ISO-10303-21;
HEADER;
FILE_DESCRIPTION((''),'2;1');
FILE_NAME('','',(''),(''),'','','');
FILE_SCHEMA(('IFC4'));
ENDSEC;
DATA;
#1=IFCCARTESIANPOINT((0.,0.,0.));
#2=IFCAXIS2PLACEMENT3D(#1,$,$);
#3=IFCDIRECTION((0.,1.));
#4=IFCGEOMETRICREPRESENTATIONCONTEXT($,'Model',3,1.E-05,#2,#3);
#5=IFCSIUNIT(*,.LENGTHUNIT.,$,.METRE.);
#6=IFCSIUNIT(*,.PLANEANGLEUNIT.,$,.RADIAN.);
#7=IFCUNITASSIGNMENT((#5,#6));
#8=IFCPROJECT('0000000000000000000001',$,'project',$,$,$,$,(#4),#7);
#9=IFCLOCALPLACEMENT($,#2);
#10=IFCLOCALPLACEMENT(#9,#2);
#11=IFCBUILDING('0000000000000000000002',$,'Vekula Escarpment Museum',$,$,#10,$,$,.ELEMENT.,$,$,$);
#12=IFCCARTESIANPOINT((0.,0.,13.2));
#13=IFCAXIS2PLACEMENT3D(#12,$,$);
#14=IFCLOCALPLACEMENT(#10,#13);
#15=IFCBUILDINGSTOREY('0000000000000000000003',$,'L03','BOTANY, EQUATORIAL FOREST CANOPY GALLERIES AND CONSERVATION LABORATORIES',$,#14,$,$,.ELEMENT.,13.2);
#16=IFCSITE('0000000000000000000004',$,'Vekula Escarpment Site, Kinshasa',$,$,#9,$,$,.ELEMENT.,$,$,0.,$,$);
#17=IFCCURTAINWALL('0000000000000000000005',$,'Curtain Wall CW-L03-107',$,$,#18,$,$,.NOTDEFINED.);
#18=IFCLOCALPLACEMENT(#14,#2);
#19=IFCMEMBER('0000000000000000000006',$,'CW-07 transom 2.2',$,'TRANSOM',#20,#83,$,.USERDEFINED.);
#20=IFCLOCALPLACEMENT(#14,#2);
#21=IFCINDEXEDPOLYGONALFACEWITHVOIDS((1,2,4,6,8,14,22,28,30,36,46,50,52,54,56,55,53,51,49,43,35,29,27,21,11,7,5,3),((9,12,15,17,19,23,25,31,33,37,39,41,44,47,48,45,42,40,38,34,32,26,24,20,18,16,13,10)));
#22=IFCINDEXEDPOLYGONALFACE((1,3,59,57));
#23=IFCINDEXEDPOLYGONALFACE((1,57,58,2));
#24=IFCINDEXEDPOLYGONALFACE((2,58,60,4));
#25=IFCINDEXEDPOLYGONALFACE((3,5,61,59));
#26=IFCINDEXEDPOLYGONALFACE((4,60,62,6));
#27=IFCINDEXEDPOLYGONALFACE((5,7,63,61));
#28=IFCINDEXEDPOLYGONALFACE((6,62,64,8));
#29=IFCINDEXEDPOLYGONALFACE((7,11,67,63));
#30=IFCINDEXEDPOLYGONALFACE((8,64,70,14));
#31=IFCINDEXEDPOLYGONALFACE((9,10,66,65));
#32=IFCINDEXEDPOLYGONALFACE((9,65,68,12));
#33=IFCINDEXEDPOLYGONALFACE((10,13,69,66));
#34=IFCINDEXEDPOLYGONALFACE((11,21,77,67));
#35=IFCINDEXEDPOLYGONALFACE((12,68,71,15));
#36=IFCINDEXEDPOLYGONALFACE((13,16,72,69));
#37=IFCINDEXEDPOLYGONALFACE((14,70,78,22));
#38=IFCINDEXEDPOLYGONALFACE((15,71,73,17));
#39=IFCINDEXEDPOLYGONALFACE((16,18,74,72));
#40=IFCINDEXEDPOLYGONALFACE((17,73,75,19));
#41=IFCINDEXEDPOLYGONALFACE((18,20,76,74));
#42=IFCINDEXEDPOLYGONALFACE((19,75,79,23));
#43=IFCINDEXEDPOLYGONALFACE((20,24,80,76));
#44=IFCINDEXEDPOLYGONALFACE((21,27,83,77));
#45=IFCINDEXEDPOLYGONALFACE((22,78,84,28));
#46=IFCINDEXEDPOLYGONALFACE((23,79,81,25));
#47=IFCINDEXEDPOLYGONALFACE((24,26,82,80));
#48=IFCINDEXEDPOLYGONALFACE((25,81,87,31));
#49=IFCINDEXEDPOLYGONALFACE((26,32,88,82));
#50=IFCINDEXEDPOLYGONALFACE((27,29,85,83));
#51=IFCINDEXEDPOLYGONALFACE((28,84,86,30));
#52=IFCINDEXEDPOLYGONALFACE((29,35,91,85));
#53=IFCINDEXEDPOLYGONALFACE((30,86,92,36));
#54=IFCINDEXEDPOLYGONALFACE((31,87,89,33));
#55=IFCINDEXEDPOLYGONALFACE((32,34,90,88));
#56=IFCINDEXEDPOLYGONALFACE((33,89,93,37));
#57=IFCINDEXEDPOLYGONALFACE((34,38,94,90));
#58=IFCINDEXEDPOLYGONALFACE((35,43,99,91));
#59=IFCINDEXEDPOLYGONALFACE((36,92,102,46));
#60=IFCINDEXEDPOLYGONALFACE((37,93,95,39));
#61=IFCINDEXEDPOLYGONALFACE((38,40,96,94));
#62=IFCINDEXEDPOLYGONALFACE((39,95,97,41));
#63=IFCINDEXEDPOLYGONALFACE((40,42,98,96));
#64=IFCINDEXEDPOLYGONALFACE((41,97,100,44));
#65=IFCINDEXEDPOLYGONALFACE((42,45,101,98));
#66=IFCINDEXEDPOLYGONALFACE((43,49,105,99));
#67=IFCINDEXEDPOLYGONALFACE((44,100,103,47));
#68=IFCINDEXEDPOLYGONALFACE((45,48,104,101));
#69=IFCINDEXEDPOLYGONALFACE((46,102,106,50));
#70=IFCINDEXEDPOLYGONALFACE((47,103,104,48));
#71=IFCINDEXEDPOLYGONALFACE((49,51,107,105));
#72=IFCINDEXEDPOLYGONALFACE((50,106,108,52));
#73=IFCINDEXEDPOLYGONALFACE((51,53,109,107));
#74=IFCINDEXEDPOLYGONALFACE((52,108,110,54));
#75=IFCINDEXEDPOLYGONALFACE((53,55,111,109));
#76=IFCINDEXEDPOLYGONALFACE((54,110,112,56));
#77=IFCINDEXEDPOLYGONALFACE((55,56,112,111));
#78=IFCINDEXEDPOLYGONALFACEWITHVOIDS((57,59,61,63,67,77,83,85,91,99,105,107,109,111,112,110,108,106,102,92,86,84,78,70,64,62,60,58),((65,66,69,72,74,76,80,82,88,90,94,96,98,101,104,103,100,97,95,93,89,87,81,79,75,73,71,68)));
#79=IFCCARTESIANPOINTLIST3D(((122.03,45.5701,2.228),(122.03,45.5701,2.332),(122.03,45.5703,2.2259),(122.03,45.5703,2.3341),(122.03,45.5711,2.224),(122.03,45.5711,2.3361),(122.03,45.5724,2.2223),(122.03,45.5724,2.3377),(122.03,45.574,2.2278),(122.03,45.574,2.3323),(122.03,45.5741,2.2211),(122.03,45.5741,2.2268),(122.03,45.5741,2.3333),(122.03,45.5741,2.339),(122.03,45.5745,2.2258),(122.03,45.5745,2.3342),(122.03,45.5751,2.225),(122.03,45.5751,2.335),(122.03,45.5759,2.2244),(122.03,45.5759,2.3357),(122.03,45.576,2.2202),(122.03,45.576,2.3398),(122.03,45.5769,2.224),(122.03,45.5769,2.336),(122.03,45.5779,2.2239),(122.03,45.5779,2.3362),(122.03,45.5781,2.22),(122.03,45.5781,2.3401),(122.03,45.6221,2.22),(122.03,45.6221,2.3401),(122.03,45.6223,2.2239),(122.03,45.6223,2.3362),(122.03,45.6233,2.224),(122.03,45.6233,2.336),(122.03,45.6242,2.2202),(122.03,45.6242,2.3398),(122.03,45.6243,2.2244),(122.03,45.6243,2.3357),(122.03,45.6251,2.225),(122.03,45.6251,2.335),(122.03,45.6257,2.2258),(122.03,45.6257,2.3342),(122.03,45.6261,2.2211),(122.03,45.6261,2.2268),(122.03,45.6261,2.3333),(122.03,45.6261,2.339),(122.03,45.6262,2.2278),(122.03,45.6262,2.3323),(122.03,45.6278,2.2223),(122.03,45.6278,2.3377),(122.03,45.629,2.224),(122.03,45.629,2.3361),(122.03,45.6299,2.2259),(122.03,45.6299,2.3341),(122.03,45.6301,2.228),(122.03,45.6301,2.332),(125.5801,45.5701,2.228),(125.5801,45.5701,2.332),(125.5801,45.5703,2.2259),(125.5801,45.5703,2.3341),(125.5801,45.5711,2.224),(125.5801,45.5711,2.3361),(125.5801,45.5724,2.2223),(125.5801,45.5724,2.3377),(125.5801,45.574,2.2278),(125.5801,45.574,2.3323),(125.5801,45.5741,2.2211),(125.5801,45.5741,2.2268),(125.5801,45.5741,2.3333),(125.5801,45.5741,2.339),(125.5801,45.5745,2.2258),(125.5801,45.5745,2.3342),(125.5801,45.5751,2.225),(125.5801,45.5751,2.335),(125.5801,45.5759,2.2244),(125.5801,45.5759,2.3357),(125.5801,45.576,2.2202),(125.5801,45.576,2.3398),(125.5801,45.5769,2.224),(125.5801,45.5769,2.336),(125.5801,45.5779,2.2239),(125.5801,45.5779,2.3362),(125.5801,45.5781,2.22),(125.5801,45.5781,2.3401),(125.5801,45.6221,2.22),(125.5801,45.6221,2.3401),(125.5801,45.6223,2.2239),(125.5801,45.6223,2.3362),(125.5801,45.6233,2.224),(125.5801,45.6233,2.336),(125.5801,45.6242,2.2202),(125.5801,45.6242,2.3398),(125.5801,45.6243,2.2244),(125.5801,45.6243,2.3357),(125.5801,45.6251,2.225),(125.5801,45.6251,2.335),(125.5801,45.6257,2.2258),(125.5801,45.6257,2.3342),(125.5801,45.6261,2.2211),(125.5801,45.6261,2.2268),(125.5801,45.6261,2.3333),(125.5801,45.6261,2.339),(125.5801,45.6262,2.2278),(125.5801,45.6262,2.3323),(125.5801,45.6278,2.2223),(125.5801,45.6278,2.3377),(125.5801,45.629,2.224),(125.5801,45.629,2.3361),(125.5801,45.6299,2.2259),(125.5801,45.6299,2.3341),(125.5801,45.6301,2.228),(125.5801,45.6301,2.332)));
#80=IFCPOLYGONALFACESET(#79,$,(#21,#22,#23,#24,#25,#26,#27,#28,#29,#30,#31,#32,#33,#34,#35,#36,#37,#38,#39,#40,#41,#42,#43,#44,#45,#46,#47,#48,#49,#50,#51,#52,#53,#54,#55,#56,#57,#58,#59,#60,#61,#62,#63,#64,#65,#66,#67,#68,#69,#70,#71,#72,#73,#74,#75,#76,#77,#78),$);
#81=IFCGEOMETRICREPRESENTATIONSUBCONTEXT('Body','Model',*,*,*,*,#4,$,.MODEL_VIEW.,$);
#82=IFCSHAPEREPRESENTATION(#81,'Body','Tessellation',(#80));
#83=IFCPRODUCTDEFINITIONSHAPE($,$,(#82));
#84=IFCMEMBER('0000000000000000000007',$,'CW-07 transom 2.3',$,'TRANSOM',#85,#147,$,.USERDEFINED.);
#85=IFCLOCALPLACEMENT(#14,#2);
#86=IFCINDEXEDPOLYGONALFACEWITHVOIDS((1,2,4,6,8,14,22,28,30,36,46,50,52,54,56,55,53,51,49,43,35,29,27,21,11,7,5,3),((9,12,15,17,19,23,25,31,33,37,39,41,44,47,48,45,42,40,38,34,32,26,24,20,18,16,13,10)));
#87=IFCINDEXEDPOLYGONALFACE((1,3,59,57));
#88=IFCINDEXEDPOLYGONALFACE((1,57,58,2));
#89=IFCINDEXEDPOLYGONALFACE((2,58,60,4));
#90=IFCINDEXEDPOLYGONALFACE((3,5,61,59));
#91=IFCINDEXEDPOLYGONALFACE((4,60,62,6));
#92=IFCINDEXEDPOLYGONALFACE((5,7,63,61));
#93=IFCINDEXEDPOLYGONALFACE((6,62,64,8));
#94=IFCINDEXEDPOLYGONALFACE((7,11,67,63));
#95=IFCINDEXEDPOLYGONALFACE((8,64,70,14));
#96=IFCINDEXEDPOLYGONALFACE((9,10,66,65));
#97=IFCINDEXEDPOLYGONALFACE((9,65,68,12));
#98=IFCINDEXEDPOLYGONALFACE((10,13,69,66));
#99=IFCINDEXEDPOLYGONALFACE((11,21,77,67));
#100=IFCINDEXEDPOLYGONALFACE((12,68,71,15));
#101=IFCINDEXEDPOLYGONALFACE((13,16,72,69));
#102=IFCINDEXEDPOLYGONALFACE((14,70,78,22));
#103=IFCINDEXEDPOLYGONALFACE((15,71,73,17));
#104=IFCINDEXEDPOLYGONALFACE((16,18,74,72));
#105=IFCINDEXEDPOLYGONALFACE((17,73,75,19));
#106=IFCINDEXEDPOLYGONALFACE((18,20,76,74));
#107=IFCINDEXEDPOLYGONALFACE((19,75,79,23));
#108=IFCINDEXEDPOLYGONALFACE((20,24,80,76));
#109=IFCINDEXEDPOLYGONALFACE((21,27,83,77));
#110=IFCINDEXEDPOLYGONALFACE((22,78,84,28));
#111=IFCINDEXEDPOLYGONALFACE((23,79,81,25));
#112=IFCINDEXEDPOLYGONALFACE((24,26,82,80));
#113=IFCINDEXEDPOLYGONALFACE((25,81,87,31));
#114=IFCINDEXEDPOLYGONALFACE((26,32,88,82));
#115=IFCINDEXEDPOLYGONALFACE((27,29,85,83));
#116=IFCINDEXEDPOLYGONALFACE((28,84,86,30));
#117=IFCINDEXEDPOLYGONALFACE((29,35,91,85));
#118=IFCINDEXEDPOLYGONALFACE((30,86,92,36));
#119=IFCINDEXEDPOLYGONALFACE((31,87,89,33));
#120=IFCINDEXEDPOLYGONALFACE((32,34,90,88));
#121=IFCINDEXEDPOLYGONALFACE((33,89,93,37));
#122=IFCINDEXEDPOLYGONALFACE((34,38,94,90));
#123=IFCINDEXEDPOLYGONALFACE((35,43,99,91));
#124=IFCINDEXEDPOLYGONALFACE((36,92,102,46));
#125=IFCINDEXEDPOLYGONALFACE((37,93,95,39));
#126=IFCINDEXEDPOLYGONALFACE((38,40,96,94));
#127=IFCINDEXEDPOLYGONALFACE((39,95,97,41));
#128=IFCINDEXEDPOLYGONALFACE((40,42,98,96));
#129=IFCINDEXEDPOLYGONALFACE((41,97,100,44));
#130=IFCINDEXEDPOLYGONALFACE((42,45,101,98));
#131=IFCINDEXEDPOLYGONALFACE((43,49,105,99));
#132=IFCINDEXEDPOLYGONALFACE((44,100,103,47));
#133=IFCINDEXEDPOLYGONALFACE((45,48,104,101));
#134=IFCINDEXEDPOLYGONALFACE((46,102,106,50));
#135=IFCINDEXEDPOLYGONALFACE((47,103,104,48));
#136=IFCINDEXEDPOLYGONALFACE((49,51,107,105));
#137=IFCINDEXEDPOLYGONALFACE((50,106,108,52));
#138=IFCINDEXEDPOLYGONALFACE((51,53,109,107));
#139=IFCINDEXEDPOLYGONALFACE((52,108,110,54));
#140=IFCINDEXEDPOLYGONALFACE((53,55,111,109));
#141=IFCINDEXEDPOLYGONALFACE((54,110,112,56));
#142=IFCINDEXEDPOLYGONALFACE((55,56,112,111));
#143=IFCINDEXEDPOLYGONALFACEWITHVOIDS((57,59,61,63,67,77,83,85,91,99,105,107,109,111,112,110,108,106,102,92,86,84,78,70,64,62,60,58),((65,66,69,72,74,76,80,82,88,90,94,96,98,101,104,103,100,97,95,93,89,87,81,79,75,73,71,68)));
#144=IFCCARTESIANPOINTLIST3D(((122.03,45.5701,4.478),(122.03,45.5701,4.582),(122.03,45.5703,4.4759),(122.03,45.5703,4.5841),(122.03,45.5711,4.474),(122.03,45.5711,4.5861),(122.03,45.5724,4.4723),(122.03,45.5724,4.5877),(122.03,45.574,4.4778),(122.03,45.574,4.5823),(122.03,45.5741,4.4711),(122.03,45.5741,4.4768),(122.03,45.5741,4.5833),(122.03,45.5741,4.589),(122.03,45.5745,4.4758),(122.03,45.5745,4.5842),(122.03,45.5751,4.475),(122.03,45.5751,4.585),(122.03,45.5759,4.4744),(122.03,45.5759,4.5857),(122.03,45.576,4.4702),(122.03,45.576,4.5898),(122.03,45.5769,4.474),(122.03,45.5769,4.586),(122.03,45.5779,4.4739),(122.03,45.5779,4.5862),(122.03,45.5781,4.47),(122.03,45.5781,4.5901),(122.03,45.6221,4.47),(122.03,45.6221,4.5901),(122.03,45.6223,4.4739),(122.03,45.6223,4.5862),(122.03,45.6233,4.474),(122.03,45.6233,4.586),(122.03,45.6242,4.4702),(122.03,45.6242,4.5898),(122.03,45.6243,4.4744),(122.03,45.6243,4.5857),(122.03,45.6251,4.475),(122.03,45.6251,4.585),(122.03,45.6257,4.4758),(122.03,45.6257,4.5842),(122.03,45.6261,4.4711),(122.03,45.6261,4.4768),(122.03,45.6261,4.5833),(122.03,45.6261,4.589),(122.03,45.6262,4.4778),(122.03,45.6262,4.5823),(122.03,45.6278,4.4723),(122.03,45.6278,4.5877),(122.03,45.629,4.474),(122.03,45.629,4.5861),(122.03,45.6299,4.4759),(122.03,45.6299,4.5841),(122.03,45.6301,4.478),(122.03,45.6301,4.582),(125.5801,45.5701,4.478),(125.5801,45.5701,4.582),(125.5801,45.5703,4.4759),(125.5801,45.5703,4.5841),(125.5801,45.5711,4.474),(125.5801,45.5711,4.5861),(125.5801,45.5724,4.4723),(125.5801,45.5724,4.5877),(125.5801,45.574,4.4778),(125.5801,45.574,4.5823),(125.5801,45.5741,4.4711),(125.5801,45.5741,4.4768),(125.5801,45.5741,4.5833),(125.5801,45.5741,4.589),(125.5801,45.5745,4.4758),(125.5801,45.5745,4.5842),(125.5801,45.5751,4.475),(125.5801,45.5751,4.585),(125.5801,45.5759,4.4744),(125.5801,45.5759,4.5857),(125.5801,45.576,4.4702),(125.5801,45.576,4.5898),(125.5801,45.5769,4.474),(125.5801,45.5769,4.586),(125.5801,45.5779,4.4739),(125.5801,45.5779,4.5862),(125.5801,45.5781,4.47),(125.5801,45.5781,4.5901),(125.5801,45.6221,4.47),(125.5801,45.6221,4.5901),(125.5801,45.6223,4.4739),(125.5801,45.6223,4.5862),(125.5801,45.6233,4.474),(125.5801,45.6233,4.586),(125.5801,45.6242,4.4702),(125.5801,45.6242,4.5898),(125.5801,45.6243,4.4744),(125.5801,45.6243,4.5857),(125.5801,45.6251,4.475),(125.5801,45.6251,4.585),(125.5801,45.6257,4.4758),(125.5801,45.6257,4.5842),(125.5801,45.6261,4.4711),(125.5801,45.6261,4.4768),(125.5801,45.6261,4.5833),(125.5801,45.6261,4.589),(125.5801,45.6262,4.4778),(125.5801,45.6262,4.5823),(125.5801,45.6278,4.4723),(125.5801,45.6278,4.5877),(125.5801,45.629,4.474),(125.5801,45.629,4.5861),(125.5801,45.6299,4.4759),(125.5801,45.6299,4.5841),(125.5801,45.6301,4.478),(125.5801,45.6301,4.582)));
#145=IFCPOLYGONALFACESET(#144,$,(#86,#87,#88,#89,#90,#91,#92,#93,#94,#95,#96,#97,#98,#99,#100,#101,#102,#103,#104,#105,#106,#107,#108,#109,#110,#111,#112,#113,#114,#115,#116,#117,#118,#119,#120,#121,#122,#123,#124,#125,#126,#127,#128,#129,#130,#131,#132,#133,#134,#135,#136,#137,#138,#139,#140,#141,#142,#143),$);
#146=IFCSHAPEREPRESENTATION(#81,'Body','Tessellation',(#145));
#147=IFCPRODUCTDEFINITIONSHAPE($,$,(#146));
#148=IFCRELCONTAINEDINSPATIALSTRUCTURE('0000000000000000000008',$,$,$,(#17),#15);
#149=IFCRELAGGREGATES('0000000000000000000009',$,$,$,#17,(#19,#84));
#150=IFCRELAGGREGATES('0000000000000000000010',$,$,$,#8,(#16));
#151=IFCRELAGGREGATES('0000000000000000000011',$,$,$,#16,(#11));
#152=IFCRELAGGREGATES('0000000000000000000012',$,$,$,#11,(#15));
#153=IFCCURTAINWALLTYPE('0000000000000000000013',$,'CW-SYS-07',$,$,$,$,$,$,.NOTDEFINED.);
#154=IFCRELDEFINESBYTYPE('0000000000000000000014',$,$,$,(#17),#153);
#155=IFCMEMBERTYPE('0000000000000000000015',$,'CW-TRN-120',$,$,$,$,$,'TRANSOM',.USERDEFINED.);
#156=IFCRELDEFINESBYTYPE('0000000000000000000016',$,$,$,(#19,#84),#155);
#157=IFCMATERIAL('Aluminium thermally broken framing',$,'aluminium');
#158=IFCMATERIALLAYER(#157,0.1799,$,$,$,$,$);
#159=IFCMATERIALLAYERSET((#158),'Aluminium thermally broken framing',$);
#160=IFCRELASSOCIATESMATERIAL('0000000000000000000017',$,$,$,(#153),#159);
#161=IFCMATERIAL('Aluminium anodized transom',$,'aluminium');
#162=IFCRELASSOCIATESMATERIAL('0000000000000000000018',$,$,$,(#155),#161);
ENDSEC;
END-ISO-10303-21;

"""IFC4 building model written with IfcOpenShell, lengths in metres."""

from ifc_helpers import new_model, si_unit, direction, frame, origin, origin_2d, place, context, subcontext, project, spatial, hollow_rectangle, extrude, material, layer, layer_set, material_profile, profile_set, type_object, element, aggregate, save


model = new_model("IFC4")

# Units and contexts
model_context = context("Model", 3, precision=1e-05, world=origin(), true_north=direction((0.0, 1.0)))
body_context = subcontext(model_context, "Body", "Model", "MODEL_VIEW")
ifc_project = project(units=[si_unit("LENGTHUNIT", "METRE"), si_unit("PLANEANGLEUNIT", "RADIAN")], contexts=[model_context])

# Site, building, storey
site_placement = place(None, origin())
site = spatial("IfcSite", under=ifc_project, at=site_placement, Name="Vekula Escarpment Site, Kinshasa", CompositionType="ELEMENT", RefElevation=0.0)
building_placement = place(site_placement, origin())
building = spatial("IfcBuilding", under=site, at=building_placement, Name="Vekula Escarpment Museum", CompositionType="ELEMENT")
storey_placement = place(building_placement, frame((0.0, 0.0, 13.2)))
storey = spatial("IfcBuildingStorey", under=building, at=storey_placement, Name="L03", Description="BOTANY, EQUATORIAL FOREST CANOPY GALLERIES AND CONSERVATION LABORATORIES", CompositionType="ELEMENT", Elevation=13.2)

# Curtain wall
ifc_material_1 = material(Name="Aluminium thermally broken framing", Category="aluminium")
ifc_layer_1 = layer(ifc_material_1, 0.1799)
ifc_layer_set_1 = layer_set([ifc_layer_1], Name="Aluminium thermally broken framing")
curtain_wall_type_1 = type_object("IfcCurtainWallType", Name="CW-SYS-07", PredefinedType="NOTDEFINED", material=ifc_layer_set_1)
curtain_wall_1_placement = place(storey_placement, origin())
curtain_wall_1 = element("IfcCurtainWall", 1, at=curtain_wall_1_placement, inside=storey, type_object=curtain_wall_type_1, Name="Curtain Wall CW-L03-107", PredefinedType="NOTDEFINED")

# Members
ifc_material_2 = material(Name="Aluminium anodized transom", Category="aluminium")
ifc_material_profile_1 = material_profile(ifc_material_2, hollow_rectangle(XDim=0.0601, YDim=0.1201, WallThickness=0.0039, InnerFilletRadius=0.0039, OuterFilletRadius=0.0081, at=origin_2d()), Name="ALU 120x60x4")
ifc_profile_set_1 = profile_set([ifc_material_profile_1], Name="Aluminium anodized transom")
member_type_1 = type_object("IfcMemberType", Name="CW-TRN-120", ElementType="TRANSOM", PredefinedType="USERDEFINED", material=ifc_profile_set_1)
member_1_placement = place(storey_placement, frame((122.03, 45.6001, 2.28), z_axis=(1.0, 0.0, 0.0), x_axis=(0.0, 1.0, 0.0)))
member_1 = element("IfcMember", 2, at=member_1_placement, type_object=member_type_1, Name="CW-07 transom 2.2", ObjectType="TRANSOM", PredefinedType="USERDEFINED", context=body_context, shape_type="SweptSolid", body=[
    extrude(hollow_rectangle(XDim=0.0601, YDim=0.1201, WallThickness=0.0039, InnerFilletRadius=0.0039, OuterFilletRadius=0.0081, at=origin_2d()), origin(), (0.0, 0.0, 1.0), 3.55),
])
member_2_placement = place(storey_placement, frame((122.03, 45.6001, 4.53), z_axis=(1.0, 0.0, 0.0), x_axis=(0.0, 1.0, 0.0)))
member_2 = element("IfcMember", 3, at=member_2_placement, type_object=member_type_1, Name="CW-07 transom 2.3", ObjectType="TRANSOM", PredefinedType="USERDEFINED", context=body_context, shape_type="SweptSolid", body=[
    extrude(hollow_rectangle(XDim=0.0601, YDim=0.1201, WallThickness=0.0039, InnerFilletRadius=0.0039, OuterFilletRadius=0.0081, at=origin_2d()), origin(), (0.0, 0.0, 1.0), 3.55),
])

aggregate(curtain_wall_1, [member_1, member_2])

save(model, "model.ifc")
